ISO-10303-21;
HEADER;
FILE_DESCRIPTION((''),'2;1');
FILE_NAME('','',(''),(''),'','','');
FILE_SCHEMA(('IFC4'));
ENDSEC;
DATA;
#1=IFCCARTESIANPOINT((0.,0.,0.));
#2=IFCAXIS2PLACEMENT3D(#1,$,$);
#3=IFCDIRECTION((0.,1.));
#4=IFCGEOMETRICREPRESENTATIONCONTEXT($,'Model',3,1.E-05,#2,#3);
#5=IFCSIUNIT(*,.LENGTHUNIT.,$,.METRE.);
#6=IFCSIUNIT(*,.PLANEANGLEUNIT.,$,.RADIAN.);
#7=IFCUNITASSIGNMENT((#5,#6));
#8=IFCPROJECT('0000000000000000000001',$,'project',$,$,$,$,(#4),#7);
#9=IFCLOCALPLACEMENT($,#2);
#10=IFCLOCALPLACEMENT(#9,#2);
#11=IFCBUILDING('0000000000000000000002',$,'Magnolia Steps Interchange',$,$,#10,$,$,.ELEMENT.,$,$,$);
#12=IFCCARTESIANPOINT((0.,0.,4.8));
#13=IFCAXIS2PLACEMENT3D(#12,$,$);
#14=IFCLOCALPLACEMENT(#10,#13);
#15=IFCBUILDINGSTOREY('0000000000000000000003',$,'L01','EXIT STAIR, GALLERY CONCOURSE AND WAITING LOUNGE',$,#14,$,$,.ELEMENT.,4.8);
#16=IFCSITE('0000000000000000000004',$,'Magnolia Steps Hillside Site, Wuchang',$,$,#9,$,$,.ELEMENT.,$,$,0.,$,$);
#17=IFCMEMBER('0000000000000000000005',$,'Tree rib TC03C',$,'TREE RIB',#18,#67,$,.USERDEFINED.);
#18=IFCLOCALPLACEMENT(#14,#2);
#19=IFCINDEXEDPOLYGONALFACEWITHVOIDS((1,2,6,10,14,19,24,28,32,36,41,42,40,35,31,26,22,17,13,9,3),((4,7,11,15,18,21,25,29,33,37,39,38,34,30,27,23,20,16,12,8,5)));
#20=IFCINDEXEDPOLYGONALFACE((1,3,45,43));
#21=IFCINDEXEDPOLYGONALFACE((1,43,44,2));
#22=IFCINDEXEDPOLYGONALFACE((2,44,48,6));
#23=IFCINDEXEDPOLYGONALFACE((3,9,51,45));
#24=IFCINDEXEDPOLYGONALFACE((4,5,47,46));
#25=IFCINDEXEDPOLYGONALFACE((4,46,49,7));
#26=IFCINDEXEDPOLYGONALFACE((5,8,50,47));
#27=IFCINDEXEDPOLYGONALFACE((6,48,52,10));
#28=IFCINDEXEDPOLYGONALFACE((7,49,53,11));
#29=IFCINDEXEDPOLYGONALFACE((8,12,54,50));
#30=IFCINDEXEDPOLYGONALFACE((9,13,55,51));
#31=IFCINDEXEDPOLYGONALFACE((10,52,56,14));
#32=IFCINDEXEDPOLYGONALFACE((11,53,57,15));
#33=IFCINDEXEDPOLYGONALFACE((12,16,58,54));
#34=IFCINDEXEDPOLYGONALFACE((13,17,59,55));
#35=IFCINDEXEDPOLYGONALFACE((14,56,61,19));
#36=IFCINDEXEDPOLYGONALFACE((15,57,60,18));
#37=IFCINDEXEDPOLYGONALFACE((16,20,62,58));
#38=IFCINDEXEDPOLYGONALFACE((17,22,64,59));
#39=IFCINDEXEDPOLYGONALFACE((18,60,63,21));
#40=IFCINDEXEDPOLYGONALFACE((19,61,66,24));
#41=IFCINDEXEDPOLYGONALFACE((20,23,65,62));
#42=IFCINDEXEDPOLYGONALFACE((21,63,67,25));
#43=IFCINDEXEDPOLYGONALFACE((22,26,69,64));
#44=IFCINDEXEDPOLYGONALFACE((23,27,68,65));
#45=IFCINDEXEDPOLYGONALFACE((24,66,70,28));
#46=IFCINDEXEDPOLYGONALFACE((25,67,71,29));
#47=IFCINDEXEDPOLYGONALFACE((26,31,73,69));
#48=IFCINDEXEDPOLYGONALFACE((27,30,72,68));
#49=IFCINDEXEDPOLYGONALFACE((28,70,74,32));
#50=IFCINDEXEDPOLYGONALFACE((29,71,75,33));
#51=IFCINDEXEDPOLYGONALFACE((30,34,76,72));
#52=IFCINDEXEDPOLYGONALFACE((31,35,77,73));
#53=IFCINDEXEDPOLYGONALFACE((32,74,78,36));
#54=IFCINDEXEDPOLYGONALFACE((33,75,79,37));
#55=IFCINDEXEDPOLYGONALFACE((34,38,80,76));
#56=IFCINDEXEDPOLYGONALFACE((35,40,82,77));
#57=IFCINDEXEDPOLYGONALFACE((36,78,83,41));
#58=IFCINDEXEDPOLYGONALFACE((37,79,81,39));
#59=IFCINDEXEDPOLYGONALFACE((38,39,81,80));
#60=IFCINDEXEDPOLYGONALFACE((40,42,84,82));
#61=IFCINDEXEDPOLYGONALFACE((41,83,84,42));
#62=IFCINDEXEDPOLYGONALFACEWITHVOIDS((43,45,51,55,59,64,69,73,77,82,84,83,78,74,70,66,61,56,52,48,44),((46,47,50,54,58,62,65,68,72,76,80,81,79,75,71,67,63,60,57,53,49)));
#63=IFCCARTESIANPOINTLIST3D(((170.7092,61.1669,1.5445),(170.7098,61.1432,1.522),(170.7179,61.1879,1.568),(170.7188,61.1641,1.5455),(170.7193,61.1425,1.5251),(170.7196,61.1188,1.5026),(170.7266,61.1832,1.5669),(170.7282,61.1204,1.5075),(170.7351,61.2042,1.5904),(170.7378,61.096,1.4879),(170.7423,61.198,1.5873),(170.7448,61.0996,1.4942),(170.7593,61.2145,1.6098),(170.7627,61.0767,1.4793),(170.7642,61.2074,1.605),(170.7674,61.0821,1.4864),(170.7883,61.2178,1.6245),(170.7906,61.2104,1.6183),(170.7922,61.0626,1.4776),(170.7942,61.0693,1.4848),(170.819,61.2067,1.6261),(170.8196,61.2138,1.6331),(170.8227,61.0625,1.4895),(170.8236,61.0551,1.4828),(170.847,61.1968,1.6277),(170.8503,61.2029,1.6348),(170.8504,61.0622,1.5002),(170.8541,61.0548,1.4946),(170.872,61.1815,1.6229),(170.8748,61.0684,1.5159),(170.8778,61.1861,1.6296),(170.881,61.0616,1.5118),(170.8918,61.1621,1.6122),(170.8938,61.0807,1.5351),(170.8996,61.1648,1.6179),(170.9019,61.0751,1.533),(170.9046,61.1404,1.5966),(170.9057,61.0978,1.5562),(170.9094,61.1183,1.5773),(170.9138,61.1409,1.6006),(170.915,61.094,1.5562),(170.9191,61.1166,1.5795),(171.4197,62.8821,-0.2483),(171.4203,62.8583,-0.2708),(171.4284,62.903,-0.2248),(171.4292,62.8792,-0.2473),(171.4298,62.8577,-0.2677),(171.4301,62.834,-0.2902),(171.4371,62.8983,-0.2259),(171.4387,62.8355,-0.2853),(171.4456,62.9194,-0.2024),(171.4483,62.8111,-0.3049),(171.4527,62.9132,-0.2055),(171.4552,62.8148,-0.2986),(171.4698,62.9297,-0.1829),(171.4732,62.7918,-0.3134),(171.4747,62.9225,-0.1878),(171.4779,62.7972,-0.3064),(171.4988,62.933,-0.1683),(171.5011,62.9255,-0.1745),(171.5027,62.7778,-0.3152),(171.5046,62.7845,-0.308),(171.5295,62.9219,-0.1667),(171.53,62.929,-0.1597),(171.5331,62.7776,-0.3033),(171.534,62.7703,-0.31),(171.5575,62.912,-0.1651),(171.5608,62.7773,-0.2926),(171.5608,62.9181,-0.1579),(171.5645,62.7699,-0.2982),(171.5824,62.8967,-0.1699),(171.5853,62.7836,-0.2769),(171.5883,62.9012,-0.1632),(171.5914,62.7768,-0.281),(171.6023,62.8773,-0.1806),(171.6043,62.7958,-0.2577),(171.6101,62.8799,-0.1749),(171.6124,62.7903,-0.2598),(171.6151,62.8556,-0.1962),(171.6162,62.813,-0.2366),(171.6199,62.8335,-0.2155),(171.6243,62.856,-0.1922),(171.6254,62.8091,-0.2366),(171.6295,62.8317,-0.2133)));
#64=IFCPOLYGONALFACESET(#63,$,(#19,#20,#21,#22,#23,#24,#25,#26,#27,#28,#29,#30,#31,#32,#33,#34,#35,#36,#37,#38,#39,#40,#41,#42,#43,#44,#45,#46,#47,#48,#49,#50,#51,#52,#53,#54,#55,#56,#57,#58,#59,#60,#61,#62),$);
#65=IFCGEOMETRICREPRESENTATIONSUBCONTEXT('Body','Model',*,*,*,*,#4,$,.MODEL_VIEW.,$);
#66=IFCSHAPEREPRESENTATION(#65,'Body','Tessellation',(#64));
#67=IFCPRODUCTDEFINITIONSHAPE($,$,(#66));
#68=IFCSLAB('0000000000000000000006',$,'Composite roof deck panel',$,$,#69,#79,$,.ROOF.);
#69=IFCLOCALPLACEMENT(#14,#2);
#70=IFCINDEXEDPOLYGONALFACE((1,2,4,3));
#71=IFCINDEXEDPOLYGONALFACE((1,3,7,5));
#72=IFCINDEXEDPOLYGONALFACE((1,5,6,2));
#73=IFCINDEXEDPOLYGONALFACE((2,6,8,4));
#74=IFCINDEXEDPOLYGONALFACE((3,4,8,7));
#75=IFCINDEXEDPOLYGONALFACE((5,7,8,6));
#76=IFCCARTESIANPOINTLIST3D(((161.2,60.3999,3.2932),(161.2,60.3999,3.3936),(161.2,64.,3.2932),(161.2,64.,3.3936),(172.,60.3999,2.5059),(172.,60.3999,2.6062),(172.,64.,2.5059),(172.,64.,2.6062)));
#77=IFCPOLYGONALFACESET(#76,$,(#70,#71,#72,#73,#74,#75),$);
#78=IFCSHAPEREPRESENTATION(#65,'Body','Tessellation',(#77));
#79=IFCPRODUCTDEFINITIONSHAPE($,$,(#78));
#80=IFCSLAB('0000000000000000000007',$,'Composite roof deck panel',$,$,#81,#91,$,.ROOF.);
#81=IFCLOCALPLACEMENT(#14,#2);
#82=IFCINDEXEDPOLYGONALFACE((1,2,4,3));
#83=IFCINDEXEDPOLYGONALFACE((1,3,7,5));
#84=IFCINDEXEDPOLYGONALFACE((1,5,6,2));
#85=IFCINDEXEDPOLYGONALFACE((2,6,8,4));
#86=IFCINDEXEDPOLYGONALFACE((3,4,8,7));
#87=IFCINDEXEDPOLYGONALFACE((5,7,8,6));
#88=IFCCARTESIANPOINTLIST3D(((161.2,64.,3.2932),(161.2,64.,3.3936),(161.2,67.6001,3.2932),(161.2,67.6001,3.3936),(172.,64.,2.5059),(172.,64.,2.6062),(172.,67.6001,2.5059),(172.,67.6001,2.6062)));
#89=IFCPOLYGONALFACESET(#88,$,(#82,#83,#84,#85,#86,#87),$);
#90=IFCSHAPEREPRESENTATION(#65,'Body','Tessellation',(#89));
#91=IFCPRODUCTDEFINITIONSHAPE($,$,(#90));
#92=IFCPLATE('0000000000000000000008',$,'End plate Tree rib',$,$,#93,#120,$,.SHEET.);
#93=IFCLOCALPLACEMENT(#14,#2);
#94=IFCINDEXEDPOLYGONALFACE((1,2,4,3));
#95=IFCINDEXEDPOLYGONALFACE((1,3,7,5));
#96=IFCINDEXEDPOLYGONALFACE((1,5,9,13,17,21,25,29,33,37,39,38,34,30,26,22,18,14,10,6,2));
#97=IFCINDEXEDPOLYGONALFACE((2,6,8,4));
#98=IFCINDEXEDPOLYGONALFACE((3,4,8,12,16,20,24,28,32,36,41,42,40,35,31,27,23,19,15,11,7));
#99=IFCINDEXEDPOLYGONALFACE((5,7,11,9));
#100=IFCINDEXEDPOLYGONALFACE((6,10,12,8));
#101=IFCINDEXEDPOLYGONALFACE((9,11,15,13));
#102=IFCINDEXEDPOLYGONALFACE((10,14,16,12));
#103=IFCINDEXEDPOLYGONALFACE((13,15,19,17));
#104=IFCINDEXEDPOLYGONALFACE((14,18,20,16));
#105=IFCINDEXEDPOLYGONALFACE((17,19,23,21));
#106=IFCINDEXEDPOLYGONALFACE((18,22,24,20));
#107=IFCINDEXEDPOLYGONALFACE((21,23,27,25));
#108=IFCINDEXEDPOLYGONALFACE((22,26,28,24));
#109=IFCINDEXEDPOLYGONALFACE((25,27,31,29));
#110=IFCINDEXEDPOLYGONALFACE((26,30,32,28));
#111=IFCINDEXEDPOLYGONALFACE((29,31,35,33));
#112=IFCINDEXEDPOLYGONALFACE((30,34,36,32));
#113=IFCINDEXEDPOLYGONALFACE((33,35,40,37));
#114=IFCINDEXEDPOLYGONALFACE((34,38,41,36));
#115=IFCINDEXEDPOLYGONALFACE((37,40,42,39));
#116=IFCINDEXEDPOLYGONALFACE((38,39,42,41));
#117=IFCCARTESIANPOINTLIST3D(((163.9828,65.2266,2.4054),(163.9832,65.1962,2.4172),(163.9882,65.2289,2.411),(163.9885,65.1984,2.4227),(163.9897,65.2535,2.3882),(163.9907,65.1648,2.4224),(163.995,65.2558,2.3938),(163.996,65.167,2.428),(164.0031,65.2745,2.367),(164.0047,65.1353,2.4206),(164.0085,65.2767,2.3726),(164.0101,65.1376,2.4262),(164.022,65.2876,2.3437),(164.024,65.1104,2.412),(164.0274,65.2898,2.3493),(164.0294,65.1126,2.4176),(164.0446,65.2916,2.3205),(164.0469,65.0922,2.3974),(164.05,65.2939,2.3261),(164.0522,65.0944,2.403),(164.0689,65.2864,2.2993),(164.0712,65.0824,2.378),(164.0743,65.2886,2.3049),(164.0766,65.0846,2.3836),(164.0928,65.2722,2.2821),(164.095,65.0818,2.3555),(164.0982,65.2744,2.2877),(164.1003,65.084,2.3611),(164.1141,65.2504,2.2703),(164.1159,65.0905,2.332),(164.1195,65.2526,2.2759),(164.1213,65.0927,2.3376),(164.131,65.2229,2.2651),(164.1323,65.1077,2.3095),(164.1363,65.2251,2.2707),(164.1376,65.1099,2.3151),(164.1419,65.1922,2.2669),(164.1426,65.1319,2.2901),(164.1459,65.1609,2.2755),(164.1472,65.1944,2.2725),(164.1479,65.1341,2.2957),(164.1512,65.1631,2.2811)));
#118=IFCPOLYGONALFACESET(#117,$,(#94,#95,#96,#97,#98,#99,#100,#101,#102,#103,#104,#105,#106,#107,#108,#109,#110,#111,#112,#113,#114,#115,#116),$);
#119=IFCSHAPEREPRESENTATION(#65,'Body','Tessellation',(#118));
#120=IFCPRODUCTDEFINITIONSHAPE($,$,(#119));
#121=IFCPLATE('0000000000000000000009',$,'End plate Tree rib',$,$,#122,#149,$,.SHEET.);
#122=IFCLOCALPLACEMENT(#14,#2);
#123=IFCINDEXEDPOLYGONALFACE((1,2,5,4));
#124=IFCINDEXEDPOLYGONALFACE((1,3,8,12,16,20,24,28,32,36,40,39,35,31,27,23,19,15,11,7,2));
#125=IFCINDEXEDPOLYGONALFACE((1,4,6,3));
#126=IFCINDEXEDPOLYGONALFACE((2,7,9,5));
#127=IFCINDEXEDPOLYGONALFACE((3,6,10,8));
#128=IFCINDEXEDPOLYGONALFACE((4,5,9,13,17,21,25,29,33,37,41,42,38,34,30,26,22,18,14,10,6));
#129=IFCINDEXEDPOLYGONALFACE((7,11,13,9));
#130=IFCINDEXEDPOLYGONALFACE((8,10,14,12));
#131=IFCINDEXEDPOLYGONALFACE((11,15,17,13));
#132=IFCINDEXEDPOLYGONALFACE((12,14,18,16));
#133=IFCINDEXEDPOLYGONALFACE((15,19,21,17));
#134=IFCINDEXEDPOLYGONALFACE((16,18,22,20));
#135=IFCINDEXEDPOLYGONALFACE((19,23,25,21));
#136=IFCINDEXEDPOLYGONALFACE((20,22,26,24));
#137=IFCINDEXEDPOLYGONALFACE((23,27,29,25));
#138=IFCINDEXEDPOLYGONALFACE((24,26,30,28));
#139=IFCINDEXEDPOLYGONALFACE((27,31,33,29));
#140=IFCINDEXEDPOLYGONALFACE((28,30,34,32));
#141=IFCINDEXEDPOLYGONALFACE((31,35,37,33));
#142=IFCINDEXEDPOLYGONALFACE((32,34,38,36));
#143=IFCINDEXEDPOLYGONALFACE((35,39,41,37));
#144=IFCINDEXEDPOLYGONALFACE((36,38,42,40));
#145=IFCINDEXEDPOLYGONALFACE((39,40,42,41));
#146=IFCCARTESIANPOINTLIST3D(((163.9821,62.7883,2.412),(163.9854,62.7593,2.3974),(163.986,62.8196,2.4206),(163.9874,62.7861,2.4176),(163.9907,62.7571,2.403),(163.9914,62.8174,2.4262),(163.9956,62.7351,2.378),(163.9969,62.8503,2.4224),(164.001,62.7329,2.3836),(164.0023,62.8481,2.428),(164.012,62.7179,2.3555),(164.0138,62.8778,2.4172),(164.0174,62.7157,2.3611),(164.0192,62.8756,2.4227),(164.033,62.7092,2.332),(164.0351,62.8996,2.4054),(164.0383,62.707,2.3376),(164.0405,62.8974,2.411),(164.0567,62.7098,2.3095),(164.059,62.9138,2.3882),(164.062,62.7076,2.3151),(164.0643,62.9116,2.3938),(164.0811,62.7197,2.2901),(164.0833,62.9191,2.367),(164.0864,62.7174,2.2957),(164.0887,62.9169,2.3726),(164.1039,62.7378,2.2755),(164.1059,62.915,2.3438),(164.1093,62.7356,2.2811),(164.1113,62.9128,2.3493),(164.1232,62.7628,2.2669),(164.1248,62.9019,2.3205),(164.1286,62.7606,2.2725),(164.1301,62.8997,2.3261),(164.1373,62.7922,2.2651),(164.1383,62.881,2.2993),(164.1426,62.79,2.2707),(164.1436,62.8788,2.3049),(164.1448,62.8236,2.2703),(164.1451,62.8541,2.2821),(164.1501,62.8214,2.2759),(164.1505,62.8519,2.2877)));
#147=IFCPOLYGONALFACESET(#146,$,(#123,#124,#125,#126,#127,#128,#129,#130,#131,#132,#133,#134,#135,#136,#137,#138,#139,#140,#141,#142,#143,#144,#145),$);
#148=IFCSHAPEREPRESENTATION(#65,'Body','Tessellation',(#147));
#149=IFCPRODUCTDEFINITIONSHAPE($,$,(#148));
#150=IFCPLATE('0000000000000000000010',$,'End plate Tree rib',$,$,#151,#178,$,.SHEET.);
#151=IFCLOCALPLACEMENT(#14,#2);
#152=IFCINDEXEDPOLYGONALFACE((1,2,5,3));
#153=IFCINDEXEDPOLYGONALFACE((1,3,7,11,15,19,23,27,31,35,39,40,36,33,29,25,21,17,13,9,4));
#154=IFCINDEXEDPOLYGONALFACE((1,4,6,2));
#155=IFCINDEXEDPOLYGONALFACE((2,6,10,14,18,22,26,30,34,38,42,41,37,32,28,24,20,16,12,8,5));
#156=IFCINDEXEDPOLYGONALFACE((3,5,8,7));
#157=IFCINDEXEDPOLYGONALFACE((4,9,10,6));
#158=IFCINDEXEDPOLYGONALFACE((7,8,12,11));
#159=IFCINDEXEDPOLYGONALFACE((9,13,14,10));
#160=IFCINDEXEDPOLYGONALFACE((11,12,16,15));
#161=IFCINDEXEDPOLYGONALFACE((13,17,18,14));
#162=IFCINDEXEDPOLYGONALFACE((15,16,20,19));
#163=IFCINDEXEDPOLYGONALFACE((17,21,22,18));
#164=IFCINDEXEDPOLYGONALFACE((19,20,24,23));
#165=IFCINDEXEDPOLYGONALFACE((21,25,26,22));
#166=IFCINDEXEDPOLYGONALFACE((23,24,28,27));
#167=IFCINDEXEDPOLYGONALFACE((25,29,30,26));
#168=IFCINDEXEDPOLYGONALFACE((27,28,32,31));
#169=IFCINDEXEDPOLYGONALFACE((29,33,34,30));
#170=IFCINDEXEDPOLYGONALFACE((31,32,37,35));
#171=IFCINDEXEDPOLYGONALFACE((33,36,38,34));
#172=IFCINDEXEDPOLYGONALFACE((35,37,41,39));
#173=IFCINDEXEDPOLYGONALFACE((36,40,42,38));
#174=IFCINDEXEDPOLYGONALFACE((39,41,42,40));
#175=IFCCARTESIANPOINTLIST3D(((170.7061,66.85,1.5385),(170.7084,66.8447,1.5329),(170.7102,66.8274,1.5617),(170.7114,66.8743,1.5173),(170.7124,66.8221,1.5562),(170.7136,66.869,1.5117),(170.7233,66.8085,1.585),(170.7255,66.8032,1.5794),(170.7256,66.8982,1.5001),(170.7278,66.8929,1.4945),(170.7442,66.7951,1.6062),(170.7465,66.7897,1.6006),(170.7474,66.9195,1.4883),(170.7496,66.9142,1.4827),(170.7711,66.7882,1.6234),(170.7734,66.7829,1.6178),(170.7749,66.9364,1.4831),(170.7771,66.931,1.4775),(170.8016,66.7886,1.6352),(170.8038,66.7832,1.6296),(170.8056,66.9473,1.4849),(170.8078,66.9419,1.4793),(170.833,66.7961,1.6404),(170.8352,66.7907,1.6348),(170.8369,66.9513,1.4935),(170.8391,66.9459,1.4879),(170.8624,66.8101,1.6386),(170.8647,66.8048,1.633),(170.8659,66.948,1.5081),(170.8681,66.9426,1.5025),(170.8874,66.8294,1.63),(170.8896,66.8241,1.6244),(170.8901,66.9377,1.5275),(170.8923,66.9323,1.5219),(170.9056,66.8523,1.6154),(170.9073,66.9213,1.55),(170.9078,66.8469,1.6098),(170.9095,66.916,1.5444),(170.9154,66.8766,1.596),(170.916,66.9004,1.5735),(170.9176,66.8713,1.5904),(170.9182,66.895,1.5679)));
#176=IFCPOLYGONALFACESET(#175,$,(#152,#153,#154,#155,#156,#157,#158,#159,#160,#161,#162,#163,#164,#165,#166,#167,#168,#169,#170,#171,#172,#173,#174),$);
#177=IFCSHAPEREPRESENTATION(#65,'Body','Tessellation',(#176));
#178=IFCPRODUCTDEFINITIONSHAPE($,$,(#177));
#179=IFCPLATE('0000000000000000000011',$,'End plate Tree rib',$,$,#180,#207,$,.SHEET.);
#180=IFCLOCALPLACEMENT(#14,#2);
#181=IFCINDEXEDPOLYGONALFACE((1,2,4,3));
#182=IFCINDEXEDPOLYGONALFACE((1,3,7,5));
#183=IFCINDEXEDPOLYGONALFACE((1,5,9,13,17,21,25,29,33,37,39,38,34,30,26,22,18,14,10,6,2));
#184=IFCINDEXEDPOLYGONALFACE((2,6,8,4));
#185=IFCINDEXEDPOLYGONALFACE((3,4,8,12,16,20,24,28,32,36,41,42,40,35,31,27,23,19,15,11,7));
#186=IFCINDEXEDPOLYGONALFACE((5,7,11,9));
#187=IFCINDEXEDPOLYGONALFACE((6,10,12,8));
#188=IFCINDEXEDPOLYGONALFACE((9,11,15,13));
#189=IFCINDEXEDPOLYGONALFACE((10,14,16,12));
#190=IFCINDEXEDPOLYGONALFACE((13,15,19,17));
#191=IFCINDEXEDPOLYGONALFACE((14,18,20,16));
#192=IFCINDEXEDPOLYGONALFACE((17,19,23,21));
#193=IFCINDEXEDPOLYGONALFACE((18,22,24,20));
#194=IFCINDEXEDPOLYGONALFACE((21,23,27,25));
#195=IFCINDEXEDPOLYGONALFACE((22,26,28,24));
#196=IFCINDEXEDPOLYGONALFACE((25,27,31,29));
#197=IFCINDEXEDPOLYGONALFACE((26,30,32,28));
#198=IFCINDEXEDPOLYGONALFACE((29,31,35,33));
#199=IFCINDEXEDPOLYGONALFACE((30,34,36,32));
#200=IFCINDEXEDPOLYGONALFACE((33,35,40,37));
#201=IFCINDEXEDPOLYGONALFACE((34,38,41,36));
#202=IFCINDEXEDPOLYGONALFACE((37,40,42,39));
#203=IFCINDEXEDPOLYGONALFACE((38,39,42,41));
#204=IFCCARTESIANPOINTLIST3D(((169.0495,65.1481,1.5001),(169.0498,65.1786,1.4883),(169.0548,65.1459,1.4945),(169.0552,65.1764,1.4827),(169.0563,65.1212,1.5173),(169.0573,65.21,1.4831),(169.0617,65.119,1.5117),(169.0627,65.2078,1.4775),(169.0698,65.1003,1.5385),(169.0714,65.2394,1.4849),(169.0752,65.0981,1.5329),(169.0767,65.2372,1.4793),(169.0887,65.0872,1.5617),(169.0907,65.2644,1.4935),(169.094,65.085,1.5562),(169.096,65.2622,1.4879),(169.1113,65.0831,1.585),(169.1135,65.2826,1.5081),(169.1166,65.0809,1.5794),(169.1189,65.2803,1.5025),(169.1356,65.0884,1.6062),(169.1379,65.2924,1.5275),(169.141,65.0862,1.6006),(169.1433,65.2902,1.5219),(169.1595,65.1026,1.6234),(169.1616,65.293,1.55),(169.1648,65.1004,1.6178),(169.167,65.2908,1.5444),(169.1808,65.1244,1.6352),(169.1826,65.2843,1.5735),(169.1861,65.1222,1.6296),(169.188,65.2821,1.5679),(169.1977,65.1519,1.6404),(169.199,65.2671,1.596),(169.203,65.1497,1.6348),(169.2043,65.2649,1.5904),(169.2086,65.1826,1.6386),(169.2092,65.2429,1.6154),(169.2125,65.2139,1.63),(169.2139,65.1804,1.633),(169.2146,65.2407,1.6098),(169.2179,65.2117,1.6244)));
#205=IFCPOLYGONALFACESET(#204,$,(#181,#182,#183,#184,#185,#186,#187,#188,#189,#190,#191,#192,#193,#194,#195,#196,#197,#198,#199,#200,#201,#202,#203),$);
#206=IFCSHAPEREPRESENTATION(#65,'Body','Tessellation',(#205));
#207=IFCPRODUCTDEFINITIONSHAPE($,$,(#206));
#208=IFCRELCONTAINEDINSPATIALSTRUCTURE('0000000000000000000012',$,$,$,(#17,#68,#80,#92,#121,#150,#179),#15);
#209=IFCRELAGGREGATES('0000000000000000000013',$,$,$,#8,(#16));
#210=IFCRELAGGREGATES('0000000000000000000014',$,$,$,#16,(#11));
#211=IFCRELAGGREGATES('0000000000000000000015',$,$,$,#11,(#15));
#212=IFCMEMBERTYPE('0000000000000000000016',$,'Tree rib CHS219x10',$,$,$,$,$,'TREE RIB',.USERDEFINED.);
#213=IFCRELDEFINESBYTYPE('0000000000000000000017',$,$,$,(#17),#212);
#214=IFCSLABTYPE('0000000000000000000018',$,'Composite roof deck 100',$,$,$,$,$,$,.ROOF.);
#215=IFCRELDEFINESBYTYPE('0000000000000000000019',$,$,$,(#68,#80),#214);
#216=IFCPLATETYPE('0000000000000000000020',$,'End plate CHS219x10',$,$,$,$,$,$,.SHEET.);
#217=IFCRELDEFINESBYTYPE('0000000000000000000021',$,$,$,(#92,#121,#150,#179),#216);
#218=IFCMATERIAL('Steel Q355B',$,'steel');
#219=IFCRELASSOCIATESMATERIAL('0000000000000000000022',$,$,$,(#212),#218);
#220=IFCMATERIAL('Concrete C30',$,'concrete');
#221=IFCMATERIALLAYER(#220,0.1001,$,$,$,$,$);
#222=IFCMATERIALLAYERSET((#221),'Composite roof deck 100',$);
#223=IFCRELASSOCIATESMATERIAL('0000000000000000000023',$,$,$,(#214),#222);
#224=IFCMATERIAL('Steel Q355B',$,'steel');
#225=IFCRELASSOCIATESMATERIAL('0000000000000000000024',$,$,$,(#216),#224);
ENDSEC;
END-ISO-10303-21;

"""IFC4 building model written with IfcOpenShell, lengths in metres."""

from ifc_helpers import new_model, si_unit, direction, frame, origin, origin_2d, place, context, subcontext, project, spatial, polyline, circle, hollow_circle, outline, extrude, material, layer, layer_set, material_profile, profile_set, type_object, element, save


model = new_model("IFC4")

# Units and contexts
model_context = context("Model", 3, precision=1e-05, world=origin(), true_north=direction((0.0, 1.0)))
body_context = subcontext(model_context, "Body", "Model", "MODEL_VIEW")
ifc_project = project(units=[si_unit("LENGTHUNIT", "METRE"), si_unit("PLANEANGLEUNIT", "RADIAN")], contexts=[model_context])

# Site, building, storey
site_placement = place(None, origin())
site = spatial("IfcSite", under=ifc_project, at=site_placement, Name="Magnolia Steps Hillside Site, Wuchang", CompositionType="ELEMENT", RefElevation=0.0)
building_placement = place(site_placement, origin())
building = spatial("IfcBuilding", under=site, at=building_placement, Name="Magnolia Steps Interchange", CompositionType="ELEMENT")
storey_placement = place(building_placement, frame((0.0, 0.0, 4.8)))
storey = spatial("IfcBuildingStorey", under=building, at=storey_placement, Name="L01", Description="EXIT STAIR, GALLERY CONCOURSE AND WAITING LOUNGE", CompositionType="ELEMENT", Elevation=4.8)

# Member
ifc_material_1 = material(Name="Steel Q355B", Category="steel")
ifc_material_profile_1 = material_profile(ifc_material_1, hollow_circle(Radius=0.1096, WallThickness=0.01, at=origin_2d()), Name="CHS219x10")
ifc_profile_set_1 = profile_set([ifc_material_profile_1], Name="Steel Q355B")
member_type = type_object("IfcMemberType", Name="Tree rib CHS219x10", ElementType="TREE RIB", PredefinedType="USERDEFINED", material=ifc_profile_set_1)
for number, where, z_axis, x_axis, name in (
    (1, (171.5242, 62.8511, -0.2366), (-0.275291, -0.664577, 0.69466), (0.923873, -0.3827, 0.0), "Tree rib TC03C"),
):
    element("IfcMember", number, at=place(storey_placement, frame(where, z_axis=z_axis, x_axis=x_axis)), inside=storey, type_object=member_type, Name=name, ObjectType="TREE RIB", PredefinedType="USERDEFINED", context=body_context, shape_type="SweptSolid", body=[
        extrude(hollow_circle(Radius=0.1096, WallThickness=0.01, at=origin_2d()), origin(), (0.0, 0.0, 1.0), 2.5808),
    ])

# Slabs
ifc_material_2 = material(Name="Concrete C30", Category="concrete")
ifc_layer = layer(ifc_material_2, 0.1001)
ifc_layer_set = layer_set([ifc_layer], Name="Composite roof deck 100")
slab_type = type_object("IfcSlabType", Name="Composite roof deck 100", PredefinedType="ROOF", material=ifc_layer_set)
for number, where, z_axis, x_axis, name in (
    (2, (172.0, 60.3999, 2.6062), (0.07271, 0.0, 0.997353), (0.0, 1.0, 0.0), "Composite roof deck panel"),
    (3, (172.0, 64.0, 2.6062), (0.07271, 0.0, 0.997353), (0.0, 1.0, 0.0), "Composite roof deck panel"),
):
    element("IfcSlab", number, at=place(storey_placement, frame(where, z_axis=z_axis, x_axis=x_axis)), inside=storey, type_object=slab_type, Name=name, PredefinedType="ROOF", context=body_context, shape_type="SweptSolid", body=[
        extrude(outline(polyline([(0.0, 0.0), (3.6001, 0.0), (3.6001, 10.8287), (0.0, 10.8287), (0.0, 0.0)])), origin(), (0.0, -0.07271, -0.997353), 0.1003),
    ])

# Plates
ifc_material_3 = material(Name="Steel Q355B", Category="steel")
ifc_material_profile_2 = material_profile(ifc_material_3, circle(Radius=0.1096, at=origin_2d()), Name="End plate CHS219x10")
ifc_profile_set_2 = profile_set([ifc_material_profile_2], Name="Steel Q355B")
plate_type = type_object("IfcPlateType", Name="End plate CHS219x10", PredefinedType="SHEET", material=ifc_profile_set_2)
for number, where, z_axis, x_axis, name in (
    (4, (164.064, 65.1863, 2.3438), (0.664583, 0.275279, 0.694658), (-0.382683, 0.92388, 0.0), "End plate Tree rib"),
    (5, (164.064, 62.8137, 2.3438), (0.664583, -0.275279, 0.694658), (0.382683, 0.92388, 0.0), "End plate Tree rib"),
    (6, (170.8137, 66.864, 1.5562), (-0.275279, 0.664583, 0.694658), (-0.92388, -0.382683, 0.0), "End plate Tree rib"),
    (7, (169.136, 65.1863, 1.5562), (-0.664583, 0.275279, 0.694658), (-0.382683, -0.92388, 0.0), "End plate Tree rib"),
):
    element("IfcPlate", number, at=place(storey_placement, frame(where, z_axis=z_axis, x_axis=x_axis)), inside=storey, type_object=plate_type, Name=name, PredefinedType="SHEET", context=body_context, shape_type="SweptSolid", body=[
        extrude(circle(Radius=0.1096, at=origin_2d()), origin(), (0.0, 0.0, 1.0), 0.0081),
    ])

save(model, "model.ifc")
